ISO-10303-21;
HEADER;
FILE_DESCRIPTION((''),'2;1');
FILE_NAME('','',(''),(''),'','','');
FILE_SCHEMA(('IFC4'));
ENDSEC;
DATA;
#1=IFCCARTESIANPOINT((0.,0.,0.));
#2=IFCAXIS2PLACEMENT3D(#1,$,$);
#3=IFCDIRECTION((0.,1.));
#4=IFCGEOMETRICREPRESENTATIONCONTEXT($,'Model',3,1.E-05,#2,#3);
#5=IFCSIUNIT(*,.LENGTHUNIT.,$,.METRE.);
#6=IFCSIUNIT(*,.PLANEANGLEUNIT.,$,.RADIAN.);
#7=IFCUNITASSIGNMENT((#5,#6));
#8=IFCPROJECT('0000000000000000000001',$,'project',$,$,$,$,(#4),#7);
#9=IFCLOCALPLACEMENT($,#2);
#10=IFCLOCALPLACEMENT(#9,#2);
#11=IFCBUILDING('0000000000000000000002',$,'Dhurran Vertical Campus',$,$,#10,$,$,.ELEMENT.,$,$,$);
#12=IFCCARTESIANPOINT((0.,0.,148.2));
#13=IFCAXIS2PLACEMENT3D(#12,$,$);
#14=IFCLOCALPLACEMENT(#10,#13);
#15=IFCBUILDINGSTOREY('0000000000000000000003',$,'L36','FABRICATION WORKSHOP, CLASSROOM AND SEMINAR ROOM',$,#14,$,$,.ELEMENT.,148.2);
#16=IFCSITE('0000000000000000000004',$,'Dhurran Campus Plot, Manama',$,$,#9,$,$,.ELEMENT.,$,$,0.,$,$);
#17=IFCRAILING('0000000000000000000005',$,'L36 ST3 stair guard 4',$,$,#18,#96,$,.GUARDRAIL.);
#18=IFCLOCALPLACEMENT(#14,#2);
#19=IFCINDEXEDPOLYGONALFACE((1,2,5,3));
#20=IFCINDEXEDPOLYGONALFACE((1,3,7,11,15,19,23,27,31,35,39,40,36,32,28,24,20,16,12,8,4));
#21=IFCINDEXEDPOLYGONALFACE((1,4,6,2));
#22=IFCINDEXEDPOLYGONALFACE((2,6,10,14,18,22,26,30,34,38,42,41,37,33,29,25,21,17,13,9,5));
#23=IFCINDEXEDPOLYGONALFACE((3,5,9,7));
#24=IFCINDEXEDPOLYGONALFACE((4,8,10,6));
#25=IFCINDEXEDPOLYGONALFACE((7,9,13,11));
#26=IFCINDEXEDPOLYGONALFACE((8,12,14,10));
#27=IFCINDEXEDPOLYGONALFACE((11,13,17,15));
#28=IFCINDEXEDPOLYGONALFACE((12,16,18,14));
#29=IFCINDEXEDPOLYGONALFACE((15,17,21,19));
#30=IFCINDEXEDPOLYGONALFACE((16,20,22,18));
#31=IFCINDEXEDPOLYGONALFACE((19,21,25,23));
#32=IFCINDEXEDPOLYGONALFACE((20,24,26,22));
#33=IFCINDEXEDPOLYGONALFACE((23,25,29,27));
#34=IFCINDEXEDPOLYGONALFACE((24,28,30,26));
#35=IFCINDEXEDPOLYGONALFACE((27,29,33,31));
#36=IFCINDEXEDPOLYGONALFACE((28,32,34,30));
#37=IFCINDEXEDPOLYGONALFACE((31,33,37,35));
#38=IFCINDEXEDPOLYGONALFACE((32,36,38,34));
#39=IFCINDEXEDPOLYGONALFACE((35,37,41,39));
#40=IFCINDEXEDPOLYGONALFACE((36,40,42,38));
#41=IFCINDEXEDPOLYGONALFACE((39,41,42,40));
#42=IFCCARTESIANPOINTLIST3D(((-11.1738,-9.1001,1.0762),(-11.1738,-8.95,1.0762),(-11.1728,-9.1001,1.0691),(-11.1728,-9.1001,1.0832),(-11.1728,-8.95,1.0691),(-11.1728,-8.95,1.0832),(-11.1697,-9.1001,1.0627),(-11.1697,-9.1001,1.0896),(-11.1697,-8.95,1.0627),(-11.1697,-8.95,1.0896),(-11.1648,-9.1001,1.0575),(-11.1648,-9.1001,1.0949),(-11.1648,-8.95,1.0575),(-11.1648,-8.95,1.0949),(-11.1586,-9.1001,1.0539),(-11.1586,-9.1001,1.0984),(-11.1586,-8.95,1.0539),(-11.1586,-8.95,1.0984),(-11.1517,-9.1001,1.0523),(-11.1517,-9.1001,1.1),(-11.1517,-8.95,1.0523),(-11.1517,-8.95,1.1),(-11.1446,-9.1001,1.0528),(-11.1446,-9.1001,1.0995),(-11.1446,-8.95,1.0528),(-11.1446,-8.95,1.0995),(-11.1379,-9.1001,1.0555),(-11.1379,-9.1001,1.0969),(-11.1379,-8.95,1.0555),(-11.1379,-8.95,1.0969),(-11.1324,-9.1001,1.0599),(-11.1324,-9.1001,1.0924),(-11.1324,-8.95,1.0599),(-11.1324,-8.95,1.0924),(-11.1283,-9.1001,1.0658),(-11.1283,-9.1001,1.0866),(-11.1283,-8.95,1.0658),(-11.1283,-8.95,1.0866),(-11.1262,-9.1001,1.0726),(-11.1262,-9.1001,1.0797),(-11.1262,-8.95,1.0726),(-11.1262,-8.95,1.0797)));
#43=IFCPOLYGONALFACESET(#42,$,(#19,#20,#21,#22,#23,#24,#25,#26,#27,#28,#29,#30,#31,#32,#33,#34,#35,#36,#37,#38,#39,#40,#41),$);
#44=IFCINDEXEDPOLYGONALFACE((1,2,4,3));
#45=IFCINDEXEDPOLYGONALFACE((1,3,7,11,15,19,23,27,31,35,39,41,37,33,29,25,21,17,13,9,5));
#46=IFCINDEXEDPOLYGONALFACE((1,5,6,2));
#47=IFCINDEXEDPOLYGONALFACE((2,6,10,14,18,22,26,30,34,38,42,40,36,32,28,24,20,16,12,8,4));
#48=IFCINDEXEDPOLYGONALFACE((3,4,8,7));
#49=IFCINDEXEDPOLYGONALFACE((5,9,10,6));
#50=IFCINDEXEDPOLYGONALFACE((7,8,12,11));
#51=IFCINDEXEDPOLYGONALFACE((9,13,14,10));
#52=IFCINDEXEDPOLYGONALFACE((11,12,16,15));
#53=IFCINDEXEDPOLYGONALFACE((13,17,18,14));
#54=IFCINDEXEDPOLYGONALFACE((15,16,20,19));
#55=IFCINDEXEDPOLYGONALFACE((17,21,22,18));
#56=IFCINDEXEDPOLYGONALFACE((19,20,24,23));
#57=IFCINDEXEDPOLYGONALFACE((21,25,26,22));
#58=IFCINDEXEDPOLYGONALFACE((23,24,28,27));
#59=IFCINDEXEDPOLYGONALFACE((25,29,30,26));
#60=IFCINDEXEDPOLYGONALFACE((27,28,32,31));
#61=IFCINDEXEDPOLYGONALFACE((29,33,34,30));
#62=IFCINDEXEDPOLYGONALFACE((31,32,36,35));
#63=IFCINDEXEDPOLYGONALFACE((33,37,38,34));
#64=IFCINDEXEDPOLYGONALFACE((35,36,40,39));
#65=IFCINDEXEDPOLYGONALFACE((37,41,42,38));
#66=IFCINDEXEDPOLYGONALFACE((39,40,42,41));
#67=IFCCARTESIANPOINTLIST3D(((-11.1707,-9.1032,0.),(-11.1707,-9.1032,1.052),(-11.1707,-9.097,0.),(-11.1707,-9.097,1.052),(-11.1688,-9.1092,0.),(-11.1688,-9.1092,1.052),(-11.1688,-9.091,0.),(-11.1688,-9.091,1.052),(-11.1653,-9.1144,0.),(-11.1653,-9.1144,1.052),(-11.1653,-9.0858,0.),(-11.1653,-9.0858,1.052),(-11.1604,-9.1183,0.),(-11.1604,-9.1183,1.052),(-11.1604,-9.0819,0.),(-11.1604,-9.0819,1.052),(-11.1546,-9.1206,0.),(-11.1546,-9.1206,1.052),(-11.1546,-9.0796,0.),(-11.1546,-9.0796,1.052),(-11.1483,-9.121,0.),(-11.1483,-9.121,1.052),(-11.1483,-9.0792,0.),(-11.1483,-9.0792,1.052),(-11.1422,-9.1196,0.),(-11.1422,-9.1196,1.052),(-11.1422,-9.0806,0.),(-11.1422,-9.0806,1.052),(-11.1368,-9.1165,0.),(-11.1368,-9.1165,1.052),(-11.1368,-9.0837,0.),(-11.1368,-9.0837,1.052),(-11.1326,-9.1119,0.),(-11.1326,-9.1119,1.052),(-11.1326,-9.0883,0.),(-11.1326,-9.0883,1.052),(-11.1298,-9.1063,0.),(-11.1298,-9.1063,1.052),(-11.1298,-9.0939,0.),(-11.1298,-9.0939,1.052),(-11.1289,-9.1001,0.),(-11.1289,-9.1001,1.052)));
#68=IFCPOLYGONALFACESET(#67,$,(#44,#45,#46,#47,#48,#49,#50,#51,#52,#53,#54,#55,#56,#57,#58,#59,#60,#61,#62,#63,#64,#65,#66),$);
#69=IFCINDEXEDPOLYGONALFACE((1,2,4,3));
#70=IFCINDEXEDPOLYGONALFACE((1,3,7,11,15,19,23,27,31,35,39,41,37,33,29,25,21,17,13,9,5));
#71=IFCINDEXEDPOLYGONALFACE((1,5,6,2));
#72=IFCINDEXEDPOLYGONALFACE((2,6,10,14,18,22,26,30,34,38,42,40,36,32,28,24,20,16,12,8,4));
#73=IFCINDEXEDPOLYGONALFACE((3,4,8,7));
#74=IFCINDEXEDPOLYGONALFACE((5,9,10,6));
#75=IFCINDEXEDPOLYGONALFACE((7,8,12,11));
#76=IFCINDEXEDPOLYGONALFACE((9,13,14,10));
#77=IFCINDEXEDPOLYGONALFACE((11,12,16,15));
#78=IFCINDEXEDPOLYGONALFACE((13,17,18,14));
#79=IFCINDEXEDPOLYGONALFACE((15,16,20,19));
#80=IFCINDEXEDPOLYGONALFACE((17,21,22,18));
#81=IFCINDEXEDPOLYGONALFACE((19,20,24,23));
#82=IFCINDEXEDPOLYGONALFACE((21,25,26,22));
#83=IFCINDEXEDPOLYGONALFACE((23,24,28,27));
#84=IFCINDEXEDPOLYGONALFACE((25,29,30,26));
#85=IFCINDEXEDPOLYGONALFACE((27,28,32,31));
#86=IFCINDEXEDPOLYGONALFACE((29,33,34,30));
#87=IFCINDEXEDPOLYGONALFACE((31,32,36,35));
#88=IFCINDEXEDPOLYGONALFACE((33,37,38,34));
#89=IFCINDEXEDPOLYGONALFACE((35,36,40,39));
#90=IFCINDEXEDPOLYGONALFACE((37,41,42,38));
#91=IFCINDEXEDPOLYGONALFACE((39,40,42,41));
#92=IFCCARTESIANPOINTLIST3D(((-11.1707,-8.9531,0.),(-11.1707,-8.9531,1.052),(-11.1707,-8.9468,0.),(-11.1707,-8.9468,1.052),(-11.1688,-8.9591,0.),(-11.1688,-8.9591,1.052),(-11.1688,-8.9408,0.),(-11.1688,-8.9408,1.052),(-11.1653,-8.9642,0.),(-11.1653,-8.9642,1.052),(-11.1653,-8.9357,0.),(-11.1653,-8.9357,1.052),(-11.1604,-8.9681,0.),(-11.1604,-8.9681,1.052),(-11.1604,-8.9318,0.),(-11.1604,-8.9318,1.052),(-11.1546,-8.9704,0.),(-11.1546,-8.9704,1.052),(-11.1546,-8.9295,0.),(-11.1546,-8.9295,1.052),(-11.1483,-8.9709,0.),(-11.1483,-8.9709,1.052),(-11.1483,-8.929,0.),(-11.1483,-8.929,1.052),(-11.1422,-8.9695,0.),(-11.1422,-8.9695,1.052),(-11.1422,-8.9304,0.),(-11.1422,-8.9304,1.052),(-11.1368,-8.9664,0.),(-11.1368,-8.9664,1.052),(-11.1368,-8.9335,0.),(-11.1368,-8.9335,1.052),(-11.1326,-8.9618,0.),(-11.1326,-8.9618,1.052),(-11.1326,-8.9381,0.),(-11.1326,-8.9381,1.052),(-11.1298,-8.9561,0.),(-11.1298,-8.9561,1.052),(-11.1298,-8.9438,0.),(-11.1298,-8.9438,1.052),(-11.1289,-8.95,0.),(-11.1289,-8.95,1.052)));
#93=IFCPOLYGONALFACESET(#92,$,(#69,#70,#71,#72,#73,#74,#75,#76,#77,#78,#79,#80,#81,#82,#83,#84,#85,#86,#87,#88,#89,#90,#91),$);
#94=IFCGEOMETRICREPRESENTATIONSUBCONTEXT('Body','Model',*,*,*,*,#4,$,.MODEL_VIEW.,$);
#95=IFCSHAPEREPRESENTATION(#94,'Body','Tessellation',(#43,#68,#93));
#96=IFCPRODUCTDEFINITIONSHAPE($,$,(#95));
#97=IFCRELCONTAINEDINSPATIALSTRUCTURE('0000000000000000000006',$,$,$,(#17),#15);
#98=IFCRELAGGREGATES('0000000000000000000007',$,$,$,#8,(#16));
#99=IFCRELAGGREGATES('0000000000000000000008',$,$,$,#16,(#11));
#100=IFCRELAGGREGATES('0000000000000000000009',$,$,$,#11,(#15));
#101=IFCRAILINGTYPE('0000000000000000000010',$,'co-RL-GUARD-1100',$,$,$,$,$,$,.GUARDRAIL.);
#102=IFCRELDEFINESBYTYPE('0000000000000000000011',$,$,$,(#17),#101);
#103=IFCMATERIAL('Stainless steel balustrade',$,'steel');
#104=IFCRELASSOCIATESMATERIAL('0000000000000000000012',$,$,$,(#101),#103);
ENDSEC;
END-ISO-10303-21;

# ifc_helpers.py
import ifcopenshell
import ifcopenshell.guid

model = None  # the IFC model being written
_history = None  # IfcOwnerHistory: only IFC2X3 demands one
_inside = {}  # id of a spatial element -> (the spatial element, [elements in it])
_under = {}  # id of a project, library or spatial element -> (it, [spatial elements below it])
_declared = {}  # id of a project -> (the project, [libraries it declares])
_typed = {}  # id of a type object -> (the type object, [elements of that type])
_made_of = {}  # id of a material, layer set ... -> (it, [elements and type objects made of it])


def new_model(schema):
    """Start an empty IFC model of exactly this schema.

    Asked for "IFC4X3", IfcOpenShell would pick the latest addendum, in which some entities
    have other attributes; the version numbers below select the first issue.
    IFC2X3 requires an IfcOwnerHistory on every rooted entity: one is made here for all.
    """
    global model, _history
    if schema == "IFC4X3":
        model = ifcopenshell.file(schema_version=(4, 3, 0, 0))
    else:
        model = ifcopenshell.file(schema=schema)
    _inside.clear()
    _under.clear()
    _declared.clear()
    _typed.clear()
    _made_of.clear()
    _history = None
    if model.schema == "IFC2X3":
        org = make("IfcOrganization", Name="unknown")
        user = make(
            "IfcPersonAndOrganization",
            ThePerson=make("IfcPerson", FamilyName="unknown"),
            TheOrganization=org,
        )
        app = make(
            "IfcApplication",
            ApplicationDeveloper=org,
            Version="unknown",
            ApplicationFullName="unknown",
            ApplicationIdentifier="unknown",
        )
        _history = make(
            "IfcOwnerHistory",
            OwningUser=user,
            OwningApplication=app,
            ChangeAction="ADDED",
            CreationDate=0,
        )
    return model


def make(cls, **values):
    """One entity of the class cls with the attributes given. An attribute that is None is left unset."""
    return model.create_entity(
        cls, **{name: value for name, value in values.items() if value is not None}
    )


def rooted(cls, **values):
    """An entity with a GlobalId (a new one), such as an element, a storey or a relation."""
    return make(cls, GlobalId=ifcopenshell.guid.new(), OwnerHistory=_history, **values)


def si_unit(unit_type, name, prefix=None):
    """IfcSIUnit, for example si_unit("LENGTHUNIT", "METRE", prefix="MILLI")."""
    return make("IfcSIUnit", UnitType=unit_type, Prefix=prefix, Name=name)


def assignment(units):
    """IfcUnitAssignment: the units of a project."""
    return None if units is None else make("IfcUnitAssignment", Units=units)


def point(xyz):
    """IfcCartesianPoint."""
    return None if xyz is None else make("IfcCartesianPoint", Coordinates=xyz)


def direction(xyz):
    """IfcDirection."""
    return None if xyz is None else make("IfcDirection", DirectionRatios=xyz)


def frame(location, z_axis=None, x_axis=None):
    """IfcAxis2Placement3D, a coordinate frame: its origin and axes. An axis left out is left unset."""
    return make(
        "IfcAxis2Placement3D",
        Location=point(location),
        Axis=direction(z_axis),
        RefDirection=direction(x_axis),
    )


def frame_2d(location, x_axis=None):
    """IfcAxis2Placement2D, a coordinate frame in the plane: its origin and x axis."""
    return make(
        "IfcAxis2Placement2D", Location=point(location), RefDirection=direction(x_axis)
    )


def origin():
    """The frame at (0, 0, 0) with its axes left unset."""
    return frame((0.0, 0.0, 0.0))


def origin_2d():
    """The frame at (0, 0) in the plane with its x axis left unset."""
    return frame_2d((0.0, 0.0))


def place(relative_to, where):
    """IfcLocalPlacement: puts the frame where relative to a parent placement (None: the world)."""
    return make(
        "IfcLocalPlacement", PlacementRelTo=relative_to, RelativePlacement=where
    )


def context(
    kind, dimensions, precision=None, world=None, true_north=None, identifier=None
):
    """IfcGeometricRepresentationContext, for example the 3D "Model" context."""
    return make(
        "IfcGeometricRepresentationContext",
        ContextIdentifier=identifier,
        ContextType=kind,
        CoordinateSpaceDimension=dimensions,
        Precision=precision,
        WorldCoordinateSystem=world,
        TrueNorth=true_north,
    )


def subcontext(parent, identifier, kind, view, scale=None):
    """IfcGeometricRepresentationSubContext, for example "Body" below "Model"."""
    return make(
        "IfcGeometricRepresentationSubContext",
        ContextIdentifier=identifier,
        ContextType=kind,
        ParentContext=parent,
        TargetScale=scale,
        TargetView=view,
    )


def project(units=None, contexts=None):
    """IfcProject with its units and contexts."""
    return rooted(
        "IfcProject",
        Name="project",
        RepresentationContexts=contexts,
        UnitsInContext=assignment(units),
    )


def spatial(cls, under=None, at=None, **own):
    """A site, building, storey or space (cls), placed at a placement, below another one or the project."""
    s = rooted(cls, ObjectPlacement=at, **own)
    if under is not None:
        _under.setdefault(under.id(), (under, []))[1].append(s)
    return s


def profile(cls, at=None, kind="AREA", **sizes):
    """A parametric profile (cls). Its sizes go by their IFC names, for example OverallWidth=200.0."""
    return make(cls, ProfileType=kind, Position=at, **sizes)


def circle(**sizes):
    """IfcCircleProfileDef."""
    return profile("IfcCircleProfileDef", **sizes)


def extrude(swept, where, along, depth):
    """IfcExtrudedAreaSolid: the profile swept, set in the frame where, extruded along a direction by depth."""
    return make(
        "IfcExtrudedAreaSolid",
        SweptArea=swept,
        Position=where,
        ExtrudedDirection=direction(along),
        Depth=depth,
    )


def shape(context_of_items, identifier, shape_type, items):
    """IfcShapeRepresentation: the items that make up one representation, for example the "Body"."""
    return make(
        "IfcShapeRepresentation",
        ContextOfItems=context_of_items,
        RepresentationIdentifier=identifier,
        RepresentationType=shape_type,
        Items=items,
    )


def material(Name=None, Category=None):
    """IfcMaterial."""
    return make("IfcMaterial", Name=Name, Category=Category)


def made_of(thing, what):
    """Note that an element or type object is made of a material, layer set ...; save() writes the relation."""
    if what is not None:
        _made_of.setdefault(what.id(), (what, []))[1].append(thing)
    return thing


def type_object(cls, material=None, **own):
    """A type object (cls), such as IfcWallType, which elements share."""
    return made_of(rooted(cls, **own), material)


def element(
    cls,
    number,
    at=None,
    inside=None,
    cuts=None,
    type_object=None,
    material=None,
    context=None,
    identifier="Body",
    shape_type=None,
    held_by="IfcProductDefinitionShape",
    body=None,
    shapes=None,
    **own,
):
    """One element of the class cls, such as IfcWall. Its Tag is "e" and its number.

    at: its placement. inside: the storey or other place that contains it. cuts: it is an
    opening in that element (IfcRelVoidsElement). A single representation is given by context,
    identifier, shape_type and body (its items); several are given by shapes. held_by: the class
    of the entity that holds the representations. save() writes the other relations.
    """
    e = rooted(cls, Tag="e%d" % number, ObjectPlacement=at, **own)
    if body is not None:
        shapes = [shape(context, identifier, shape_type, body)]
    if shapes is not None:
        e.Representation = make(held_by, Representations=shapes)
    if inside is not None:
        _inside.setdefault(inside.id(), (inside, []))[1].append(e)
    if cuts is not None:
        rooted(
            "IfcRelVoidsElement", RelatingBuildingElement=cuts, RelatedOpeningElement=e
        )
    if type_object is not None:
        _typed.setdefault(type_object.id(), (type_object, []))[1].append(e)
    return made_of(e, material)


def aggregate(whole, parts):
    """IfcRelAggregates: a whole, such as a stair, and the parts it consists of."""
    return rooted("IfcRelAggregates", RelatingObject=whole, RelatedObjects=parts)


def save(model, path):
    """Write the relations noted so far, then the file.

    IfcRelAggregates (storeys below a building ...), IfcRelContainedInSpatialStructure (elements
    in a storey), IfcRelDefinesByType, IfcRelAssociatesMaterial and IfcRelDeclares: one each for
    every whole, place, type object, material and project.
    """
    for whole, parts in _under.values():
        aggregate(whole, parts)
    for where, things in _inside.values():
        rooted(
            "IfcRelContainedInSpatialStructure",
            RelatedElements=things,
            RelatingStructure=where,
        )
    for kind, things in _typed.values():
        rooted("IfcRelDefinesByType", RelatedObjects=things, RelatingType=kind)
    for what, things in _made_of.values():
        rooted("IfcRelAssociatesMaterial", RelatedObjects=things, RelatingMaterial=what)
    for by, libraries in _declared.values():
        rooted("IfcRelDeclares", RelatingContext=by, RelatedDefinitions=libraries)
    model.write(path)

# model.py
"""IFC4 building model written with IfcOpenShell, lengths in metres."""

from ifc_helpers import new_model, si_unit, direction, frame, origin, origin_2d, place, context, subcontext, project, spatial, circle, extrude, material, type_object, element, save


model = new_model("IFC4")

# Units and contexts
model_context = context("Model", 3, precision=1e-05, world=origin(), true_north=direction((0.0, 1.0)))
body_context = subcontext(model_context, "Body", "Model", "MODEL_VIEW")
ifc_project = project(units=[si_unit("LENGTHUNIT", "METRE"), si_unit("PLANEANGLEUNIT", "RADIAN")], contexts=[model_context])

# Site, building, storey
site_placement = place(None, origin())
site = spatial("IfcSite", under=ifc_project, at=site_placement, Name="Dhurran Campus Plot, Manama", CompositionType="ELEMENT", RefElevation=0.0)
building_placement = place(site_placement, origin())
building = spatial("IfcBuilding", under=site, at=building_placement, Name="Dhurran Vertical Campus", CompositionType="ELEMENT")
storey_placement = place(building_placement, frame((0.0, 0.0, 148.2)))
storey = spatial("IfcBuildingStorey", under=building, at=storey_placement, Name="L36", Description="FABRICATION WORKSHOP, CLASSROOM AND SEMINAR ROOM", CompositionType="ELEMENT", Elevation=148.2)

# Railing
ifc_material_1 = material(Name="Stainless steel balustrade", Category="steel")
railing_type_1 = type_object("IfcRailingType", Name="co-RL-GUARD-1100", PredefinedType="GUARDRAIL", material=ifc_material_1)
railing_1_placement = place(storey_placement, frame((-11.1499, -9.1001, 0.0)))
element("IfcRailing", 1, at=railing_1_placement, inside=storey, type_object=railing_type_1, Name="L36 ST3 stair guard 4", PredefinedType="GUARDRAIL", context=body_context, shape_type="SweptSolid", body=[
    extrude(circle(Radius=0.0239, at=origin_2d()), frame((0.0, 0.0, 1.0762), z_axis=(0.0, 1.0, 0.0), x_axis=(-1.0, 0.0, 0.0)), (0.0, 0.0, 1.0), 0.1501),
    extrude(circle(Radius=0.021, at=origin_2d()), origin(), (0.0, 0.0, 1.0), 1.052),
    extrude(circle(Radius=0.021, at=origin_2d()), frame((0.0, 0.1501, 0.0)), (0.0, 0.0, 1.0), 1.052),
])

save(model, "model.ifc")
